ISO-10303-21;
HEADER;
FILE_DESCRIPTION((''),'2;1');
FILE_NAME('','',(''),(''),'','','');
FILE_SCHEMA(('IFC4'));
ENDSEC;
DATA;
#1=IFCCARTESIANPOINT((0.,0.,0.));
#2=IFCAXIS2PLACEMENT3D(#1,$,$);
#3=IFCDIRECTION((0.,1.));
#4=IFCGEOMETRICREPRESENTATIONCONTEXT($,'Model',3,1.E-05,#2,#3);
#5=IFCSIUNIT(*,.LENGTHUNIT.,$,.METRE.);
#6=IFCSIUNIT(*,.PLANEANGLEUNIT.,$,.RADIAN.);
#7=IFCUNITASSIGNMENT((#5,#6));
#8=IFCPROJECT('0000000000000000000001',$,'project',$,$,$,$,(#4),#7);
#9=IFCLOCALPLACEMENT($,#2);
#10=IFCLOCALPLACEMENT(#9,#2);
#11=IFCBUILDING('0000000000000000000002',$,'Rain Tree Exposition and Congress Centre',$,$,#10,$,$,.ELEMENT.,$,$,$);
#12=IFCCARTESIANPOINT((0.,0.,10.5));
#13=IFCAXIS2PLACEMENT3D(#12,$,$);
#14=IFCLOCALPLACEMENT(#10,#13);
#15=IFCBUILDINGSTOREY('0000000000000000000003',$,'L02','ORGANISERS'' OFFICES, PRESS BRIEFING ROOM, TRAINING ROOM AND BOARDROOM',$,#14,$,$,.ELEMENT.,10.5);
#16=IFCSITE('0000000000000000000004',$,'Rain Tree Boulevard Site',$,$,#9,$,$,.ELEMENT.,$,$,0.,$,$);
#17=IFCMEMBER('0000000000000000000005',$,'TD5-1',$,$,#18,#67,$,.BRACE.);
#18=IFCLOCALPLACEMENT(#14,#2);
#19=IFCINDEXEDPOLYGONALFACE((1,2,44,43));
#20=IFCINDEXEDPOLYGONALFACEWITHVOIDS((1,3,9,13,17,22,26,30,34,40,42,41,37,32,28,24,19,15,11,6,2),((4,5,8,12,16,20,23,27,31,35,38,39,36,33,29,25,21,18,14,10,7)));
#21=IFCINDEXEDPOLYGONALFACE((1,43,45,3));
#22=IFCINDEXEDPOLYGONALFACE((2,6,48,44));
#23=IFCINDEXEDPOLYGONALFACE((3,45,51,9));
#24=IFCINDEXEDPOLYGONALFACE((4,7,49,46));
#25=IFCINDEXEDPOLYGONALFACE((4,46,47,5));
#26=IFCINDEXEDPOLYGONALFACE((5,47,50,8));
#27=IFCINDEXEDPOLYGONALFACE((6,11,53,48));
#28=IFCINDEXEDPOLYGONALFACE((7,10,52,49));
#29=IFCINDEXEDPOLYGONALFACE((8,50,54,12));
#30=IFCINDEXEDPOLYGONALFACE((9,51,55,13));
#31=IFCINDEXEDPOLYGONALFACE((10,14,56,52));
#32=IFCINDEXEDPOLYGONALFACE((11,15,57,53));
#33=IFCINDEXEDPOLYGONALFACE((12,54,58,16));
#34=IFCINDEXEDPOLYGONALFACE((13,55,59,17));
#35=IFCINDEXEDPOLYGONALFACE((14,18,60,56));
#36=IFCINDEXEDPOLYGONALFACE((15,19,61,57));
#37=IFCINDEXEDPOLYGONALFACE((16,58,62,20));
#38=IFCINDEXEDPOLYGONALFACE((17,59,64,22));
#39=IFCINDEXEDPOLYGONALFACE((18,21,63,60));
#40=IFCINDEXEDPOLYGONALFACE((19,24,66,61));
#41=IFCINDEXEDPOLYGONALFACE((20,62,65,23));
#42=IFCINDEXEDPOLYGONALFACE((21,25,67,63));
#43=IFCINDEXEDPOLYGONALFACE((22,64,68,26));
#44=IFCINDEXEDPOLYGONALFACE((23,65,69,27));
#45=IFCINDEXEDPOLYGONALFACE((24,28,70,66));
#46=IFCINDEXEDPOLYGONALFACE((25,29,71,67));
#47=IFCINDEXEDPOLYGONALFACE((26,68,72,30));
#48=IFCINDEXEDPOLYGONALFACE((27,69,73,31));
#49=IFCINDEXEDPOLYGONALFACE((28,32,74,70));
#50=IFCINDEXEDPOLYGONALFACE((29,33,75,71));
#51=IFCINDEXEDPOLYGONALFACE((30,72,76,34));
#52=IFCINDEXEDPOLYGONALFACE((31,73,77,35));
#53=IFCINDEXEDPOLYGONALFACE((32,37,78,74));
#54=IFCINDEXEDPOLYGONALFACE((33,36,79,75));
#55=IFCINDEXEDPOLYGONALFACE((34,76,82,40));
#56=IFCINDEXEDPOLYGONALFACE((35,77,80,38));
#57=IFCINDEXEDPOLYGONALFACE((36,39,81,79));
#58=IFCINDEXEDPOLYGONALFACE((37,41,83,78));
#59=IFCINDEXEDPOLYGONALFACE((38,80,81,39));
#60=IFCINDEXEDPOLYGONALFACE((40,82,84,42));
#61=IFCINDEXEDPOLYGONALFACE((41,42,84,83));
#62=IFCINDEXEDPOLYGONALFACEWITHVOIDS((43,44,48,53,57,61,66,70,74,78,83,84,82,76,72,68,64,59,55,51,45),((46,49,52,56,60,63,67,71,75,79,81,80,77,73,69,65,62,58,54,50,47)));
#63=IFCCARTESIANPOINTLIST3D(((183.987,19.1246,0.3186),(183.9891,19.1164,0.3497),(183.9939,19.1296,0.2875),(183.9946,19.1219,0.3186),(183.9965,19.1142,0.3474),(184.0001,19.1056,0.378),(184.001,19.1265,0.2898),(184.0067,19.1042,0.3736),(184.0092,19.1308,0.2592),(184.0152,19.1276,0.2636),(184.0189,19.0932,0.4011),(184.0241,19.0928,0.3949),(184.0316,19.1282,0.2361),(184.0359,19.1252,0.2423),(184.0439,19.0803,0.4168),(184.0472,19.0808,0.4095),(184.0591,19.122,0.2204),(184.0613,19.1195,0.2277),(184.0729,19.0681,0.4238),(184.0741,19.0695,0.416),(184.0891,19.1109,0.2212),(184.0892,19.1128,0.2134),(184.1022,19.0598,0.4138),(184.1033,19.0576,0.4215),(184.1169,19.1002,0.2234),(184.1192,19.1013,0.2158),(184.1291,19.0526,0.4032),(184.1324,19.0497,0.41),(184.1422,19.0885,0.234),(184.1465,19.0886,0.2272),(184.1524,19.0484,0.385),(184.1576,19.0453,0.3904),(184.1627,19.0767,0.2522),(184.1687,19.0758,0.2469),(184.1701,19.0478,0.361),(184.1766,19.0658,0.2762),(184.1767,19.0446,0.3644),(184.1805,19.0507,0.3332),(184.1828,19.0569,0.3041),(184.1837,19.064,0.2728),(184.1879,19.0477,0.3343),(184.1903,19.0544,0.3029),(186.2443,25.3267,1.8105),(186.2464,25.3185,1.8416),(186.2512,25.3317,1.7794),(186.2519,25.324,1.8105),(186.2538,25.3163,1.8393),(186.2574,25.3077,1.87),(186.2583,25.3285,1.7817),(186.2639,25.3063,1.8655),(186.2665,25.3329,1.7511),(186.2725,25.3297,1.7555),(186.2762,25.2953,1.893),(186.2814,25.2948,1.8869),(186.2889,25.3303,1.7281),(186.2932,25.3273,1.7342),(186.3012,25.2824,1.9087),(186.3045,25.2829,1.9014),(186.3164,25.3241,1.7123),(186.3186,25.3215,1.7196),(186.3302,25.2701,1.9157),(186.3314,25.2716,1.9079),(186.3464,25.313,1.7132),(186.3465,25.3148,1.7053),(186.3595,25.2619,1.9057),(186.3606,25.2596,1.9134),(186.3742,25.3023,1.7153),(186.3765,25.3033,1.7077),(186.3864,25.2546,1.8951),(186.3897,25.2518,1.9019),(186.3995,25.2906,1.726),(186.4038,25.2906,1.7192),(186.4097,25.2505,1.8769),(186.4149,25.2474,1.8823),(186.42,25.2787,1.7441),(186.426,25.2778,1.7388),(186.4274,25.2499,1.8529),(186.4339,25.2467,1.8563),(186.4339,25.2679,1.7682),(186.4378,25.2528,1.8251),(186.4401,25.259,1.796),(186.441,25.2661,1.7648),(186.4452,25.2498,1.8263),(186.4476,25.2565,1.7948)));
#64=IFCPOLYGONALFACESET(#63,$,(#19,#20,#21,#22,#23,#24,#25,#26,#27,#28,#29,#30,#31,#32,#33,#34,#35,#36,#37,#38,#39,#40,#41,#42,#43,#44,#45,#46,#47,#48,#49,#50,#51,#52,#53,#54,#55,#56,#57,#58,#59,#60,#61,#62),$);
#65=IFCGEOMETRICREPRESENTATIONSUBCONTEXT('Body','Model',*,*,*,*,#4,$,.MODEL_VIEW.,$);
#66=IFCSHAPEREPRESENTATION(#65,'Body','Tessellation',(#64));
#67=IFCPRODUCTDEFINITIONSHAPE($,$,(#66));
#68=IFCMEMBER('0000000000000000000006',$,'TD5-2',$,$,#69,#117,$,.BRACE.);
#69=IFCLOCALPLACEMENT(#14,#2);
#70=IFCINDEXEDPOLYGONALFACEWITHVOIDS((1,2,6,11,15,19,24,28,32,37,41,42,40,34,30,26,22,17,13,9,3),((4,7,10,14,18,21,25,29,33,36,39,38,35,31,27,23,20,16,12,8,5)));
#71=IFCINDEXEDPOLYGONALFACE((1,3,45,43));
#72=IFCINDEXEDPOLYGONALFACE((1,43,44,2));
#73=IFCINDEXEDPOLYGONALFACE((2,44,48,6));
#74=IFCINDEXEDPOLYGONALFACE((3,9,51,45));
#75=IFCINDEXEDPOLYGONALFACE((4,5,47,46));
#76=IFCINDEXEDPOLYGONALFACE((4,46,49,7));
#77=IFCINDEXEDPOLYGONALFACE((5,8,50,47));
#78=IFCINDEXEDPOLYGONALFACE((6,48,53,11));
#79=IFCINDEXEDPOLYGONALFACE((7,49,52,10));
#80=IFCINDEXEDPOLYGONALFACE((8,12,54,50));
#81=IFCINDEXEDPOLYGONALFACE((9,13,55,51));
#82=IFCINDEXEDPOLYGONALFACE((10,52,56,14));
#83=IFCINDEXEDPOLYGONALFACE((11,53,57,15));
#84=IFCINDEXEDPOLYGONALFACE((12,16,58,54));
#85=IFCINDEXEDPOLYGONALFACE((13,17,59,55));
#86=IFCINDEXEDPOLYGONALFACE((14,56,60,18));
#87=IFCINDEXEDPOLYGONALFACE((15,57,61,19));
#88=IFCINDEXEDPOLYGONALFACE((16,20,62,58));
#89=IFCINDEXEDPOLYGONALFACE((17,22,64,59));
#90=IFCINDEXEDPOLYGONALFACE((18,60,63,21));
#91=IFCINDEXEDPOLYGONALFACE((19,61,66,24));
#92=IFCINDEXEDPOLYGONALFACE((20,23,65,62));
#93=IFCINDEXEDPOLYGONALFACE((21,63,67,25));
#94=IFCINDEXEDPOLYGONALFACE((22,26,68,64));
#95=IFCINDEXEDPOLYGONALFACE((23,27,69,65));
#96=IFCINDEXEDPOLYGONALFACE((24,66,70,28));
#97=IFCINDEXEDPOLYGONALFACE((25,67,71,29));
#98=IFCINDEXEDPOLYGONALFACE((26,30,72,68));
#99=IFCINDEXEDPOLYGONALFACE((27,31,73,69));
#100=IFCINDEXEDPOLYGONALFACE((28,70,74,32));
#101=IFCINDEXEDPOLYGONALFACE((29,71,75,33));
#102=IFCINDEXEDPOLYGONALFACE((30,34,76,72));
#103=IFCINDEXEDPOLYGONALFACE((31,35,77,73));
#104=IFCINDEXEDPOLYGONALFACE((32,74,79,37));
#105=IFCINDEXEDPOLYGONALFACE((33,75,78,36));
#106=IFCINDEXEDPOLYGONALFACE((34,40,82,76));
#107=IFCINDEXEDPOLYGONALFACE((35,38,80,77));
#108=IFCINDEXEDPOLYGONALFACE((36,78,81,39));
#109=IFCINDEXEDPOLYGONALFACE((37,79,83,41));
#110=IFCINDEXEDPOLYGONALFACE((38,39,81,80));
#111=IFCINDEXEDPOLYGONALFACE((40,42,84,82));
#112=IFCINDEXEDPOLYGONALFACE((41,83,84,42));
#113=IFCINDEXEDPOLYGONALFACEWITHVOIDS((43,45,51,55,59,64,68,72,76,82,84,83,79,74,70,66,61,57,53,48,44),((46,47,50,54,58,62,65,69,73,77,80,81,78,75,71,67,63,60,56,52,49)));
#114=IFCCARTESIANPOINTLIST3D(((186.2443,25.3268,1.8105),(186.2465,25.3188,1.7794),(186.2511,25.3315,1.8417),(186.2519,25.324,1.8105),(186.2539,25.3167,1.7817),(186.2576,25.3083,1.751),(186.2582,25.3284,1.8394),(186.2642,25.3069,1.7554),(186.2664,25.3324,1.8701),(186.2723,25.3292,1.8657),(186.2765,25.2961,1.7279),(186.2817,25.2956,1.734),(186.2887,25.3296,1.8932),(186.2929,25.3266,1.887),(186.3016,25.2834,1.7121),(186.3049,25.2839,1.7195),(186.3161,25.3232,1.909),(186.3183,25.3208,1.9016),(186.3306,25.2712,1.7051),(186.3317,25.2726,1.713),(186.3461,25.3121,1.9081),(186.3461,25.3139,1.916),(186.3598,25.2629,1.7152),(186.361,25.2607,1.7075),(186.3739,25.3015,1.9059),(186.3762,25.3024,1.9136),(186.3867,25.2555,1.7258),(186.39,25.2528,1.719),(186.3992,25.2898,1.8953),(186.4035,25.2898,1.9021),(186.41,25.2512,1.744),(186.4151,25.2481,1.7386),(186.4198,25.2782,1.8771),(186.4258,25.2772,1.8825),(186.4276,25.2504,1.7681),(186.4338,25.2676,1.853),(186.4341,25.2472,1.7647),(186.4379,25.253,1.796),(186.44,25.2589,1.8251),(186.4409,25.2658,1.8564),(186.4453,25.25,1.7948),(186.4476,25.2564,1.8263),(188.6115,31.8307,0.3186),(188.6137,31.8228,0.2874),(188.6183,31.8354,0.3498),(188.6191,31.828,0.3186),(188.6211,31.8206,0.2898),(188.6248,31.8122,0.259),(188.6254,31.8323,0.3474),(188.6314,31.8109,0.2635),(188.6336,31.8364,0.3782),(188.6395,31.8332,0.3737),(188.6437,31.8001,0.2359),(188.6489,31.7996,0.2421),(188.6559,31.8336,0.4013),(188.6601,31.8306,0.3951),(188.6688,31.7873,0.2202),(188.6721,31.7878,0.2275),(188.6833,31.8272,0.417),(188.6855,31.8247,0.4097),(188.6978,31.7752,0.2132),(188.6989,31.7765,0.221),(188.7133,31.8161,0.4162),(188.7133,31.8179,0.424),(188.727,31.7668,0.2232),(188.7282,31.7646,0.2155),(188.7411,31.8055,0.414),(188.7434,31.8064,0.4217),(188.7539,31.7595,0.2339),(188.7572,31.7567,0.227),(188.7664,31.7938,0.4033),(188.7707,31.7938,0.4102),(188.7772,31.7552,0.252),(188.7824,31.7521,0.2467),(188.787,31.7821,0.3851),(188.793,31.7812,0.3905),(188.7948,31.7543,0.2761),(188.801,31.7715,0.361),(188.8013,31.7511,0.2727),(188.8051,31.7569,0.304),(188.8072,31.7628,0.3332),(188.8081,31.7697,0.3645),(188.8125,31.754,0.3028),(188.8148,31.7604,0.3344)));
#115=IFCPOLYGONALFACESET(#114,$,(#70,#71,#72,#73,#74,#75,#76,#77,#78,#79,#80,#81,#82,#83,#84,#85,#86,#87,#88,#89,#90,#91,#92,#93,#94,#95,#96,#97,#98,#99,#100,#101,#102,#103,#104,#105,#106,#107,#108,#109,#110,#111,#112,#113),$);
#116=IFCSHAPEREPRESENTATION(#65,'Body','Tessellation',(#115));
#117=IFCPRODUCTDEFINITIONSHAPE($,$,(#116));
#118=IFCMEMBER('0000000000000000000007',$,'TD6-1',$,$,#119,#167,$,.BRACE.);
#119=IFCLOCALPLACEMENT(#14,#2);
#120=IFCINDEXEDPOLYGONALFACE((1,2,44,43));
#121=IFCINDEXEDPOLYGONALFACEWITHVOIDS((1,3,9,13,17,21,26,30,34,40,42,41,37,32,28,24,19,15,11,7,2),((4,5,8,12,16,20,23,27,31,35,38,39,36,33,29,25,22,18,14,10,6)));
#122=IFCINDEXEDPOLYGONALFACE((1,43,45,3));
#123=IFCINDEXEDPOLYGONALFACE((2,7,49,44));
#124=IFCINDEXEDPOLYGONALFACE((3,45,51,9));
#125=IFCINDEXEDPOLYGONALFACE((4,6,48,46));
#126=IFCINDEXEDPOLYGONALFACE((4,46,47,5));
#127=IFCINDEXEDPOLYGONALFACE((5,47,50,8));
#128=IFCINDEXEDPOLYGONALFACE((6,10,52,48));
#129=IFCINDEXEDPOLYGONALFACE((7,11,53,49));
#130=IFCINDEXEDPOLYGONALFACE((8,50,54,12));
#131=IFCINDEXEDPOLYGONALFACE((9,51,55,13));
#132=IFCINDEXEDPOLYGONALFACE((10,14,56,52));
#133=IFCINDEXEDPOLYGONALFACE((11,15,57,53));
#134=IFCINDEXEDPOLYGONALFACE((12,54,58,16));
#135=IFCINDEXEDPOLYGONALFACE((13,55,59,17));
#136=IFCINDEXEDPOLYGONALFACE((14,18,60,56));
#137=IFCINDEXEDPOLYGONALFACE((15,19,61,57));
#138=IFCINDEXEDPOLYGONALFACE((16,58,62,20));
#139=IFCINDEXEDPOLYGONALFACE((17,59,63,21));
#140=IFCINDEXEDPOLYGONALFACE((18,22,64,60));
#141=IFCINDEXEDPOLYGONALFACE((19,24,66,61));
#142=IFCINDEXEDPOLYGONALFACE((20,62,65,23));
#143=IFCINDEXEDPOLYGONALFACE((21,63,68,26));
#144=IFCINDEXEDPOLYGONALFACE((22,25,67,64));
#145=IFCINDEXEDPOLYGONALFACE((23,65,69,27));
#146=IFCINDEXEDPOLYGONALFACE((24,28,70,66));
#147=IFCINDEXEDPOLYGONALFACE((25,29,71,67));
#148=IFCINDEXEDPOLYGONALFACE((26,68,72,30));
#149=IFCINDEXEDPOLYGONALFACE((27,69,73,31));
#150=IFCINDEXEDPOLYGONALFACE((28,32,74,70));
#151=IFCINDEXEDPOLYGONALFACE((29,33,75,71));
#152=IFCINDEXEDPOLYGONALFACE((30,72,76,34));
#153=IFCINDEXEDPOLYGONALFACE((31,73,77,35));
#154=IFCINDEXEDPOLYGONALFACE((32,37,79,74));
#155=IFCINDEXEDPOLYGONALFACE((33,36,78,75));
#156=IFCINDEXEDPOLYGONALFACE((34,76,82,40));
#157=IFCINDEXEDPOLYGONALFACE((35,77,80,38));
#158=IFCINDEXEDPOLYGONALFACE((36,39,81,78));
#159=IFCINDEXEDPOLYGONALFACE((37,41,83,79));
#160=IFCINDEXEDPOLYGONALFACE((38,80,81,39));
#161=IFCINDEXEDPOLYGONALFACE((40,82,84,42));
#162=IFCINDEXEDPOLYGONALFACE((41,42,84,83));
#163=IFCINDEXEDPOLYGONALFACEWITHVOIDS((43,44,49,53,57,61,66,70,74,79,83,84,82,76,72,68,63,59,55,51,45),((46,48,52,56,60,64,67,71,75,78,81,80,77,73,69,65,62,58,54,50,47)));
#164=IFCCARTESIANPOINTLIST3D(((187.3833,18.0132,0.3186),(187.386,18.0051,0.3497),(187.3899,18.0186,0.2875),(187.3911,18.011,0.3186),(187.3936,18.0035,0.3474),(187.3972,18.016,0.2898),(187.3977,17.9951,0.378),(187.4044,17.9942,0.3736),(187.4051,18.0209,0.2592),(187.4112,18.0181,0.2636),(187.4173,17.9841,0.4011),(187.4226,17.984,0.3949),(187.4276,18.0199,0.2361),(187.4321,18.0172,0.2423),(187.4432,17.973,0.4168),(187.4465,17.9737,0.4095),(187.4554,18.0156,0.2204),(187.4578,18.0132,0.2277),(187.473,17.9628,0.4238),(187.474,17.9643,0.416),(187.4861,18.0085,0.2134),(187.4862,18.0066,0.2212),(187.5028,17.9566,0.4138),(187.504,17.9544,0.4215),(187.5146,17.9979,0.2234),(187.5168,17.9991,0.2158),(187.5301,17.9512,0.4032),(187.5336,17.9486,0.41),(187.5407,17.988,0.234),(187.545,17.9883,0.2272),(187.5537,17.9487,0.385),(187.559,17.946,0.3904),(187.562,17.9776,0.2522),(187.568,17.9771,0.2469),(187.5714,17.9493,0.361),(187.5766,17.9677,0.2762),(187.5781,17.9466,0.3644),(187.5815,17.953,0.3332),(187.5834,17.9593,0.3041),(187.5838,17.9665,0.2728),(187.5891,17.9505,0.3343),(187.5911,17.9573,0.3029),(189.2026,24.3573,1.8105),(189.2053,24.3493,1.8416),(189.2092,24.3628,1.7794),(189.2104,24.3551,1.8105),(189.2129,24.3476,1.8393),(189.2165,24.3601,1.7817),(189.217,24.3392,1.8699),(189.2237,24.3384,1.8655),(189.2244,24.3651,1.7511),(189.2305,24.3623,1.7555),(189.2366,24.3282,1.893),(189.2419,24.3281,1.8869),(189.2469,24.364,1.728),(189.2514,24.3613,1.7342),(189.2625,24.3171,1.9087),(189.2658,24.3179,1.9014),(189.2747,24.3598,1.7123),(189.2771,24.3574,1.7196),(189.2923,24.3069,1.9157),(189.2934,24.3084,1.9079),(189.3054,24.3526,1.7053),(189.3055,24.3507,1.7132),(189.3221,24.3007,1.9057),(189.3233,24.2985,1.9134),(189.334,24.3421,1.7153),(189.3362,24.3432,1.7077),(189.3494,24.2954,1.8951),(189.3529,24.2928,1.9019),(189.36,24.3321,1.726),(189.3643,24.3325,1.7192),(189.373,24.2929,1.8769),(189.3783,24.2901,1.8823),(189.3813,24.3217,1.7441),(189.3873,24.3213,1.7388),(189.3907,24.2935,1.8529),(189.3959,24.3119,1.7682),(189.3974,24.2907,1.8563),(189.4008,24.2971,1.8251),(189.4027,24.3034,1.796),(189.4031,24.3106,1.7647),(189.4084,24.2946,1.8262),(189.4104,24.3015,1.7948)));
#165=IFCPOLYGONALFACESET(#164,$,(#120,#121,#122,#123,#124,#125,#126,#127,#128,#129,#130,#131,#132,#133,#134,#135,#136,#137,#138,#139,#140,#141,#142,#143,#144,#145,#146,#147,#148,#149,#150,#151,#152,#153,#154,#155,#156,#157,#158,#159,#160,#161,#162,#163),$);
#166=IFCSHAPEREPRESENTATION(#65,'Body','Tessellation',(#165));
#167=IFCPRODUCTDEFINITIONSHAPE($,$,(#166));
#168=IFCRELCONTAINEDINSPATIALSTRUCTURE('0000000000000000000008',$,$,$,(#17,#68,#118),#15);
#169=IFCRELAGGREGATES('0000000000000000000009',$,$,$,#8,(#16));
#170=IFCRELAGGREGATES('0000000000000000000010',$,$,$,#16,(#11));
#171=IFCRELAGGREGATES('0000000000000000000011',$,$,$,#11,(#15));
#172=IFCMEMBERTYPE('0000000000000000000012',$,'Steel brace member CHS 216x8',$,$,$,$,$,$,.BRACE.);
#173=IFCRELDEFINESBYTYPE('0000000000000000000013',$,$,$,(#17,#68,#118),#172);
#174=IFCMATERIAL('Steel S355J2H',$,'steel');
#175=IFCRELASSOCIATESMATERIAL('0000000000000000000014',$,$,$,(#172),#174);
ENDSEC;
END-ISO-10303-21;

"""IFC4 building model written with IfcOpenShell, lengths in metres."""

from ifc_helpers import new_model, si_unit, direction, frame, origin, origin_2d, place, context, subcontext, project, spatial, hollow_circle, extrude, material, material_profile, profile_set, type_object, element, save


model = new_model("IFC4")

# Units and contexts
model_context = context("Model", 3, precision=1e-05, world=origin(), true_north=direction((0.0, 1.0)))
body_context = subcontext(model_context, "Body", "Model", "MODEL_VIEW")
ifc_project = project(units=[si_unit("LENGTHUNIT", "METRE"), si_unit("PLANEANGLEUNIT", "RADIAN")], contexts=[model_context])

# Site, building, storey
site_placement = place(None, origin())
site = spatial("IfcSite", under=ifc_project, at=site_placement, Name="Rain Tree Boulevard Site", CompositionType="ELEMENT", RefElevation=0.0)
building_placement = place(site_placement, origin())
building = spatial("IfcBuilding", under=site, at=building_placement, Name="Rain Tree Exposition and Congress Centre", CompositionType="ELEMENT")
storey_placement = place(building_placement, frame((0.0, 0.0, 10.5)))
storey = spatial("IfcBuildingStorey", under=building, at=storey_placement, Name="L02", Description="ORGANISERS' OFFICES, PRESS BRIEFING ROOM, TRAINING ROOM AND BOARDROOM", CompositionType="ELEMENT", Elevation=10.5)

# Members
ifc_material_1 = material(Name="Steel S355J2H", Category="steel")
ifc_material_profile_1 = material_profile(ifc_material_1, hollow_circle(Radius=0.1082, WallThickness=0.0081, at=origin_2d()), Name="CHS 216x8")
ifc_profile_set_1 = profile_set([ifc_material_profile_1], Name="Steel S355J2H")
member_type_1 = type_object("IfcMemberType", Name="Steel brace member CHS 216x8", PredefinedType="BRACE", material=ifc_profile_set_1)
member_1_placement = place(storey_placement, frame((184.0886, 19.0876, 0.3186), z_axis=(0.333594, 0.916571, 0.220484), x_axis=(-0.939696, 0.34201, 0.0)))
element("IfcMember", 1, at=member_1_placement, inside=storey, type_object=member_type_1, Name="TD5-1", PredefinedType="BRACE", context=body_context, shape_type="SweptSolid", body=[
    extrude(hollow_circle(Radius=0.1082, WallThickness=0.0081, at=origin_2d()), origin(), (0.0, 0.0, 1.0), 6.7666),
])
member_2_placement = place(storey_placement, frame((186.3459, 25.2898, 1.8105), z_axis=(0.334336, 0.918595, -0.210718), x_axis=(-0.939695, 0.342015, 0.0)))
element("IfcMember", 2, at=member_2_placement, inside=storey, type_object=member_type_1, Name="TD5-2", PredefinedType="BRACE", context=body_context, shape_type="SweptSolid", body=[
    extrude(hollow_circle(Radius=0.1082, WallThickness=0.0081, at=origin_2d()), origin(), (0.0, 0.0, 1.0), 7.0803),
])
member_3_placement = place(storey_placement, frame((187.4873, 17.9834, 0.3186), z_axis=(0.268875, 0.937598, 0.22049), x_axis=(-0.961255, 0.275659, 0.0)))
element("IfcMember", 3, at=member_3_placement, inside=storey, type_object=member_type_1, Name="TD6-1", PredefinedType="BRACE", context=body_context, shape_type="SweptSolid", body=[
    extrude(hollow_circle(Radius=0.1082, WallThickness=0.0081, at=origin_2d()), origin(), (0.0, 0.0, 1.0), 6.7664),
])

save(model, "model.ifc")
